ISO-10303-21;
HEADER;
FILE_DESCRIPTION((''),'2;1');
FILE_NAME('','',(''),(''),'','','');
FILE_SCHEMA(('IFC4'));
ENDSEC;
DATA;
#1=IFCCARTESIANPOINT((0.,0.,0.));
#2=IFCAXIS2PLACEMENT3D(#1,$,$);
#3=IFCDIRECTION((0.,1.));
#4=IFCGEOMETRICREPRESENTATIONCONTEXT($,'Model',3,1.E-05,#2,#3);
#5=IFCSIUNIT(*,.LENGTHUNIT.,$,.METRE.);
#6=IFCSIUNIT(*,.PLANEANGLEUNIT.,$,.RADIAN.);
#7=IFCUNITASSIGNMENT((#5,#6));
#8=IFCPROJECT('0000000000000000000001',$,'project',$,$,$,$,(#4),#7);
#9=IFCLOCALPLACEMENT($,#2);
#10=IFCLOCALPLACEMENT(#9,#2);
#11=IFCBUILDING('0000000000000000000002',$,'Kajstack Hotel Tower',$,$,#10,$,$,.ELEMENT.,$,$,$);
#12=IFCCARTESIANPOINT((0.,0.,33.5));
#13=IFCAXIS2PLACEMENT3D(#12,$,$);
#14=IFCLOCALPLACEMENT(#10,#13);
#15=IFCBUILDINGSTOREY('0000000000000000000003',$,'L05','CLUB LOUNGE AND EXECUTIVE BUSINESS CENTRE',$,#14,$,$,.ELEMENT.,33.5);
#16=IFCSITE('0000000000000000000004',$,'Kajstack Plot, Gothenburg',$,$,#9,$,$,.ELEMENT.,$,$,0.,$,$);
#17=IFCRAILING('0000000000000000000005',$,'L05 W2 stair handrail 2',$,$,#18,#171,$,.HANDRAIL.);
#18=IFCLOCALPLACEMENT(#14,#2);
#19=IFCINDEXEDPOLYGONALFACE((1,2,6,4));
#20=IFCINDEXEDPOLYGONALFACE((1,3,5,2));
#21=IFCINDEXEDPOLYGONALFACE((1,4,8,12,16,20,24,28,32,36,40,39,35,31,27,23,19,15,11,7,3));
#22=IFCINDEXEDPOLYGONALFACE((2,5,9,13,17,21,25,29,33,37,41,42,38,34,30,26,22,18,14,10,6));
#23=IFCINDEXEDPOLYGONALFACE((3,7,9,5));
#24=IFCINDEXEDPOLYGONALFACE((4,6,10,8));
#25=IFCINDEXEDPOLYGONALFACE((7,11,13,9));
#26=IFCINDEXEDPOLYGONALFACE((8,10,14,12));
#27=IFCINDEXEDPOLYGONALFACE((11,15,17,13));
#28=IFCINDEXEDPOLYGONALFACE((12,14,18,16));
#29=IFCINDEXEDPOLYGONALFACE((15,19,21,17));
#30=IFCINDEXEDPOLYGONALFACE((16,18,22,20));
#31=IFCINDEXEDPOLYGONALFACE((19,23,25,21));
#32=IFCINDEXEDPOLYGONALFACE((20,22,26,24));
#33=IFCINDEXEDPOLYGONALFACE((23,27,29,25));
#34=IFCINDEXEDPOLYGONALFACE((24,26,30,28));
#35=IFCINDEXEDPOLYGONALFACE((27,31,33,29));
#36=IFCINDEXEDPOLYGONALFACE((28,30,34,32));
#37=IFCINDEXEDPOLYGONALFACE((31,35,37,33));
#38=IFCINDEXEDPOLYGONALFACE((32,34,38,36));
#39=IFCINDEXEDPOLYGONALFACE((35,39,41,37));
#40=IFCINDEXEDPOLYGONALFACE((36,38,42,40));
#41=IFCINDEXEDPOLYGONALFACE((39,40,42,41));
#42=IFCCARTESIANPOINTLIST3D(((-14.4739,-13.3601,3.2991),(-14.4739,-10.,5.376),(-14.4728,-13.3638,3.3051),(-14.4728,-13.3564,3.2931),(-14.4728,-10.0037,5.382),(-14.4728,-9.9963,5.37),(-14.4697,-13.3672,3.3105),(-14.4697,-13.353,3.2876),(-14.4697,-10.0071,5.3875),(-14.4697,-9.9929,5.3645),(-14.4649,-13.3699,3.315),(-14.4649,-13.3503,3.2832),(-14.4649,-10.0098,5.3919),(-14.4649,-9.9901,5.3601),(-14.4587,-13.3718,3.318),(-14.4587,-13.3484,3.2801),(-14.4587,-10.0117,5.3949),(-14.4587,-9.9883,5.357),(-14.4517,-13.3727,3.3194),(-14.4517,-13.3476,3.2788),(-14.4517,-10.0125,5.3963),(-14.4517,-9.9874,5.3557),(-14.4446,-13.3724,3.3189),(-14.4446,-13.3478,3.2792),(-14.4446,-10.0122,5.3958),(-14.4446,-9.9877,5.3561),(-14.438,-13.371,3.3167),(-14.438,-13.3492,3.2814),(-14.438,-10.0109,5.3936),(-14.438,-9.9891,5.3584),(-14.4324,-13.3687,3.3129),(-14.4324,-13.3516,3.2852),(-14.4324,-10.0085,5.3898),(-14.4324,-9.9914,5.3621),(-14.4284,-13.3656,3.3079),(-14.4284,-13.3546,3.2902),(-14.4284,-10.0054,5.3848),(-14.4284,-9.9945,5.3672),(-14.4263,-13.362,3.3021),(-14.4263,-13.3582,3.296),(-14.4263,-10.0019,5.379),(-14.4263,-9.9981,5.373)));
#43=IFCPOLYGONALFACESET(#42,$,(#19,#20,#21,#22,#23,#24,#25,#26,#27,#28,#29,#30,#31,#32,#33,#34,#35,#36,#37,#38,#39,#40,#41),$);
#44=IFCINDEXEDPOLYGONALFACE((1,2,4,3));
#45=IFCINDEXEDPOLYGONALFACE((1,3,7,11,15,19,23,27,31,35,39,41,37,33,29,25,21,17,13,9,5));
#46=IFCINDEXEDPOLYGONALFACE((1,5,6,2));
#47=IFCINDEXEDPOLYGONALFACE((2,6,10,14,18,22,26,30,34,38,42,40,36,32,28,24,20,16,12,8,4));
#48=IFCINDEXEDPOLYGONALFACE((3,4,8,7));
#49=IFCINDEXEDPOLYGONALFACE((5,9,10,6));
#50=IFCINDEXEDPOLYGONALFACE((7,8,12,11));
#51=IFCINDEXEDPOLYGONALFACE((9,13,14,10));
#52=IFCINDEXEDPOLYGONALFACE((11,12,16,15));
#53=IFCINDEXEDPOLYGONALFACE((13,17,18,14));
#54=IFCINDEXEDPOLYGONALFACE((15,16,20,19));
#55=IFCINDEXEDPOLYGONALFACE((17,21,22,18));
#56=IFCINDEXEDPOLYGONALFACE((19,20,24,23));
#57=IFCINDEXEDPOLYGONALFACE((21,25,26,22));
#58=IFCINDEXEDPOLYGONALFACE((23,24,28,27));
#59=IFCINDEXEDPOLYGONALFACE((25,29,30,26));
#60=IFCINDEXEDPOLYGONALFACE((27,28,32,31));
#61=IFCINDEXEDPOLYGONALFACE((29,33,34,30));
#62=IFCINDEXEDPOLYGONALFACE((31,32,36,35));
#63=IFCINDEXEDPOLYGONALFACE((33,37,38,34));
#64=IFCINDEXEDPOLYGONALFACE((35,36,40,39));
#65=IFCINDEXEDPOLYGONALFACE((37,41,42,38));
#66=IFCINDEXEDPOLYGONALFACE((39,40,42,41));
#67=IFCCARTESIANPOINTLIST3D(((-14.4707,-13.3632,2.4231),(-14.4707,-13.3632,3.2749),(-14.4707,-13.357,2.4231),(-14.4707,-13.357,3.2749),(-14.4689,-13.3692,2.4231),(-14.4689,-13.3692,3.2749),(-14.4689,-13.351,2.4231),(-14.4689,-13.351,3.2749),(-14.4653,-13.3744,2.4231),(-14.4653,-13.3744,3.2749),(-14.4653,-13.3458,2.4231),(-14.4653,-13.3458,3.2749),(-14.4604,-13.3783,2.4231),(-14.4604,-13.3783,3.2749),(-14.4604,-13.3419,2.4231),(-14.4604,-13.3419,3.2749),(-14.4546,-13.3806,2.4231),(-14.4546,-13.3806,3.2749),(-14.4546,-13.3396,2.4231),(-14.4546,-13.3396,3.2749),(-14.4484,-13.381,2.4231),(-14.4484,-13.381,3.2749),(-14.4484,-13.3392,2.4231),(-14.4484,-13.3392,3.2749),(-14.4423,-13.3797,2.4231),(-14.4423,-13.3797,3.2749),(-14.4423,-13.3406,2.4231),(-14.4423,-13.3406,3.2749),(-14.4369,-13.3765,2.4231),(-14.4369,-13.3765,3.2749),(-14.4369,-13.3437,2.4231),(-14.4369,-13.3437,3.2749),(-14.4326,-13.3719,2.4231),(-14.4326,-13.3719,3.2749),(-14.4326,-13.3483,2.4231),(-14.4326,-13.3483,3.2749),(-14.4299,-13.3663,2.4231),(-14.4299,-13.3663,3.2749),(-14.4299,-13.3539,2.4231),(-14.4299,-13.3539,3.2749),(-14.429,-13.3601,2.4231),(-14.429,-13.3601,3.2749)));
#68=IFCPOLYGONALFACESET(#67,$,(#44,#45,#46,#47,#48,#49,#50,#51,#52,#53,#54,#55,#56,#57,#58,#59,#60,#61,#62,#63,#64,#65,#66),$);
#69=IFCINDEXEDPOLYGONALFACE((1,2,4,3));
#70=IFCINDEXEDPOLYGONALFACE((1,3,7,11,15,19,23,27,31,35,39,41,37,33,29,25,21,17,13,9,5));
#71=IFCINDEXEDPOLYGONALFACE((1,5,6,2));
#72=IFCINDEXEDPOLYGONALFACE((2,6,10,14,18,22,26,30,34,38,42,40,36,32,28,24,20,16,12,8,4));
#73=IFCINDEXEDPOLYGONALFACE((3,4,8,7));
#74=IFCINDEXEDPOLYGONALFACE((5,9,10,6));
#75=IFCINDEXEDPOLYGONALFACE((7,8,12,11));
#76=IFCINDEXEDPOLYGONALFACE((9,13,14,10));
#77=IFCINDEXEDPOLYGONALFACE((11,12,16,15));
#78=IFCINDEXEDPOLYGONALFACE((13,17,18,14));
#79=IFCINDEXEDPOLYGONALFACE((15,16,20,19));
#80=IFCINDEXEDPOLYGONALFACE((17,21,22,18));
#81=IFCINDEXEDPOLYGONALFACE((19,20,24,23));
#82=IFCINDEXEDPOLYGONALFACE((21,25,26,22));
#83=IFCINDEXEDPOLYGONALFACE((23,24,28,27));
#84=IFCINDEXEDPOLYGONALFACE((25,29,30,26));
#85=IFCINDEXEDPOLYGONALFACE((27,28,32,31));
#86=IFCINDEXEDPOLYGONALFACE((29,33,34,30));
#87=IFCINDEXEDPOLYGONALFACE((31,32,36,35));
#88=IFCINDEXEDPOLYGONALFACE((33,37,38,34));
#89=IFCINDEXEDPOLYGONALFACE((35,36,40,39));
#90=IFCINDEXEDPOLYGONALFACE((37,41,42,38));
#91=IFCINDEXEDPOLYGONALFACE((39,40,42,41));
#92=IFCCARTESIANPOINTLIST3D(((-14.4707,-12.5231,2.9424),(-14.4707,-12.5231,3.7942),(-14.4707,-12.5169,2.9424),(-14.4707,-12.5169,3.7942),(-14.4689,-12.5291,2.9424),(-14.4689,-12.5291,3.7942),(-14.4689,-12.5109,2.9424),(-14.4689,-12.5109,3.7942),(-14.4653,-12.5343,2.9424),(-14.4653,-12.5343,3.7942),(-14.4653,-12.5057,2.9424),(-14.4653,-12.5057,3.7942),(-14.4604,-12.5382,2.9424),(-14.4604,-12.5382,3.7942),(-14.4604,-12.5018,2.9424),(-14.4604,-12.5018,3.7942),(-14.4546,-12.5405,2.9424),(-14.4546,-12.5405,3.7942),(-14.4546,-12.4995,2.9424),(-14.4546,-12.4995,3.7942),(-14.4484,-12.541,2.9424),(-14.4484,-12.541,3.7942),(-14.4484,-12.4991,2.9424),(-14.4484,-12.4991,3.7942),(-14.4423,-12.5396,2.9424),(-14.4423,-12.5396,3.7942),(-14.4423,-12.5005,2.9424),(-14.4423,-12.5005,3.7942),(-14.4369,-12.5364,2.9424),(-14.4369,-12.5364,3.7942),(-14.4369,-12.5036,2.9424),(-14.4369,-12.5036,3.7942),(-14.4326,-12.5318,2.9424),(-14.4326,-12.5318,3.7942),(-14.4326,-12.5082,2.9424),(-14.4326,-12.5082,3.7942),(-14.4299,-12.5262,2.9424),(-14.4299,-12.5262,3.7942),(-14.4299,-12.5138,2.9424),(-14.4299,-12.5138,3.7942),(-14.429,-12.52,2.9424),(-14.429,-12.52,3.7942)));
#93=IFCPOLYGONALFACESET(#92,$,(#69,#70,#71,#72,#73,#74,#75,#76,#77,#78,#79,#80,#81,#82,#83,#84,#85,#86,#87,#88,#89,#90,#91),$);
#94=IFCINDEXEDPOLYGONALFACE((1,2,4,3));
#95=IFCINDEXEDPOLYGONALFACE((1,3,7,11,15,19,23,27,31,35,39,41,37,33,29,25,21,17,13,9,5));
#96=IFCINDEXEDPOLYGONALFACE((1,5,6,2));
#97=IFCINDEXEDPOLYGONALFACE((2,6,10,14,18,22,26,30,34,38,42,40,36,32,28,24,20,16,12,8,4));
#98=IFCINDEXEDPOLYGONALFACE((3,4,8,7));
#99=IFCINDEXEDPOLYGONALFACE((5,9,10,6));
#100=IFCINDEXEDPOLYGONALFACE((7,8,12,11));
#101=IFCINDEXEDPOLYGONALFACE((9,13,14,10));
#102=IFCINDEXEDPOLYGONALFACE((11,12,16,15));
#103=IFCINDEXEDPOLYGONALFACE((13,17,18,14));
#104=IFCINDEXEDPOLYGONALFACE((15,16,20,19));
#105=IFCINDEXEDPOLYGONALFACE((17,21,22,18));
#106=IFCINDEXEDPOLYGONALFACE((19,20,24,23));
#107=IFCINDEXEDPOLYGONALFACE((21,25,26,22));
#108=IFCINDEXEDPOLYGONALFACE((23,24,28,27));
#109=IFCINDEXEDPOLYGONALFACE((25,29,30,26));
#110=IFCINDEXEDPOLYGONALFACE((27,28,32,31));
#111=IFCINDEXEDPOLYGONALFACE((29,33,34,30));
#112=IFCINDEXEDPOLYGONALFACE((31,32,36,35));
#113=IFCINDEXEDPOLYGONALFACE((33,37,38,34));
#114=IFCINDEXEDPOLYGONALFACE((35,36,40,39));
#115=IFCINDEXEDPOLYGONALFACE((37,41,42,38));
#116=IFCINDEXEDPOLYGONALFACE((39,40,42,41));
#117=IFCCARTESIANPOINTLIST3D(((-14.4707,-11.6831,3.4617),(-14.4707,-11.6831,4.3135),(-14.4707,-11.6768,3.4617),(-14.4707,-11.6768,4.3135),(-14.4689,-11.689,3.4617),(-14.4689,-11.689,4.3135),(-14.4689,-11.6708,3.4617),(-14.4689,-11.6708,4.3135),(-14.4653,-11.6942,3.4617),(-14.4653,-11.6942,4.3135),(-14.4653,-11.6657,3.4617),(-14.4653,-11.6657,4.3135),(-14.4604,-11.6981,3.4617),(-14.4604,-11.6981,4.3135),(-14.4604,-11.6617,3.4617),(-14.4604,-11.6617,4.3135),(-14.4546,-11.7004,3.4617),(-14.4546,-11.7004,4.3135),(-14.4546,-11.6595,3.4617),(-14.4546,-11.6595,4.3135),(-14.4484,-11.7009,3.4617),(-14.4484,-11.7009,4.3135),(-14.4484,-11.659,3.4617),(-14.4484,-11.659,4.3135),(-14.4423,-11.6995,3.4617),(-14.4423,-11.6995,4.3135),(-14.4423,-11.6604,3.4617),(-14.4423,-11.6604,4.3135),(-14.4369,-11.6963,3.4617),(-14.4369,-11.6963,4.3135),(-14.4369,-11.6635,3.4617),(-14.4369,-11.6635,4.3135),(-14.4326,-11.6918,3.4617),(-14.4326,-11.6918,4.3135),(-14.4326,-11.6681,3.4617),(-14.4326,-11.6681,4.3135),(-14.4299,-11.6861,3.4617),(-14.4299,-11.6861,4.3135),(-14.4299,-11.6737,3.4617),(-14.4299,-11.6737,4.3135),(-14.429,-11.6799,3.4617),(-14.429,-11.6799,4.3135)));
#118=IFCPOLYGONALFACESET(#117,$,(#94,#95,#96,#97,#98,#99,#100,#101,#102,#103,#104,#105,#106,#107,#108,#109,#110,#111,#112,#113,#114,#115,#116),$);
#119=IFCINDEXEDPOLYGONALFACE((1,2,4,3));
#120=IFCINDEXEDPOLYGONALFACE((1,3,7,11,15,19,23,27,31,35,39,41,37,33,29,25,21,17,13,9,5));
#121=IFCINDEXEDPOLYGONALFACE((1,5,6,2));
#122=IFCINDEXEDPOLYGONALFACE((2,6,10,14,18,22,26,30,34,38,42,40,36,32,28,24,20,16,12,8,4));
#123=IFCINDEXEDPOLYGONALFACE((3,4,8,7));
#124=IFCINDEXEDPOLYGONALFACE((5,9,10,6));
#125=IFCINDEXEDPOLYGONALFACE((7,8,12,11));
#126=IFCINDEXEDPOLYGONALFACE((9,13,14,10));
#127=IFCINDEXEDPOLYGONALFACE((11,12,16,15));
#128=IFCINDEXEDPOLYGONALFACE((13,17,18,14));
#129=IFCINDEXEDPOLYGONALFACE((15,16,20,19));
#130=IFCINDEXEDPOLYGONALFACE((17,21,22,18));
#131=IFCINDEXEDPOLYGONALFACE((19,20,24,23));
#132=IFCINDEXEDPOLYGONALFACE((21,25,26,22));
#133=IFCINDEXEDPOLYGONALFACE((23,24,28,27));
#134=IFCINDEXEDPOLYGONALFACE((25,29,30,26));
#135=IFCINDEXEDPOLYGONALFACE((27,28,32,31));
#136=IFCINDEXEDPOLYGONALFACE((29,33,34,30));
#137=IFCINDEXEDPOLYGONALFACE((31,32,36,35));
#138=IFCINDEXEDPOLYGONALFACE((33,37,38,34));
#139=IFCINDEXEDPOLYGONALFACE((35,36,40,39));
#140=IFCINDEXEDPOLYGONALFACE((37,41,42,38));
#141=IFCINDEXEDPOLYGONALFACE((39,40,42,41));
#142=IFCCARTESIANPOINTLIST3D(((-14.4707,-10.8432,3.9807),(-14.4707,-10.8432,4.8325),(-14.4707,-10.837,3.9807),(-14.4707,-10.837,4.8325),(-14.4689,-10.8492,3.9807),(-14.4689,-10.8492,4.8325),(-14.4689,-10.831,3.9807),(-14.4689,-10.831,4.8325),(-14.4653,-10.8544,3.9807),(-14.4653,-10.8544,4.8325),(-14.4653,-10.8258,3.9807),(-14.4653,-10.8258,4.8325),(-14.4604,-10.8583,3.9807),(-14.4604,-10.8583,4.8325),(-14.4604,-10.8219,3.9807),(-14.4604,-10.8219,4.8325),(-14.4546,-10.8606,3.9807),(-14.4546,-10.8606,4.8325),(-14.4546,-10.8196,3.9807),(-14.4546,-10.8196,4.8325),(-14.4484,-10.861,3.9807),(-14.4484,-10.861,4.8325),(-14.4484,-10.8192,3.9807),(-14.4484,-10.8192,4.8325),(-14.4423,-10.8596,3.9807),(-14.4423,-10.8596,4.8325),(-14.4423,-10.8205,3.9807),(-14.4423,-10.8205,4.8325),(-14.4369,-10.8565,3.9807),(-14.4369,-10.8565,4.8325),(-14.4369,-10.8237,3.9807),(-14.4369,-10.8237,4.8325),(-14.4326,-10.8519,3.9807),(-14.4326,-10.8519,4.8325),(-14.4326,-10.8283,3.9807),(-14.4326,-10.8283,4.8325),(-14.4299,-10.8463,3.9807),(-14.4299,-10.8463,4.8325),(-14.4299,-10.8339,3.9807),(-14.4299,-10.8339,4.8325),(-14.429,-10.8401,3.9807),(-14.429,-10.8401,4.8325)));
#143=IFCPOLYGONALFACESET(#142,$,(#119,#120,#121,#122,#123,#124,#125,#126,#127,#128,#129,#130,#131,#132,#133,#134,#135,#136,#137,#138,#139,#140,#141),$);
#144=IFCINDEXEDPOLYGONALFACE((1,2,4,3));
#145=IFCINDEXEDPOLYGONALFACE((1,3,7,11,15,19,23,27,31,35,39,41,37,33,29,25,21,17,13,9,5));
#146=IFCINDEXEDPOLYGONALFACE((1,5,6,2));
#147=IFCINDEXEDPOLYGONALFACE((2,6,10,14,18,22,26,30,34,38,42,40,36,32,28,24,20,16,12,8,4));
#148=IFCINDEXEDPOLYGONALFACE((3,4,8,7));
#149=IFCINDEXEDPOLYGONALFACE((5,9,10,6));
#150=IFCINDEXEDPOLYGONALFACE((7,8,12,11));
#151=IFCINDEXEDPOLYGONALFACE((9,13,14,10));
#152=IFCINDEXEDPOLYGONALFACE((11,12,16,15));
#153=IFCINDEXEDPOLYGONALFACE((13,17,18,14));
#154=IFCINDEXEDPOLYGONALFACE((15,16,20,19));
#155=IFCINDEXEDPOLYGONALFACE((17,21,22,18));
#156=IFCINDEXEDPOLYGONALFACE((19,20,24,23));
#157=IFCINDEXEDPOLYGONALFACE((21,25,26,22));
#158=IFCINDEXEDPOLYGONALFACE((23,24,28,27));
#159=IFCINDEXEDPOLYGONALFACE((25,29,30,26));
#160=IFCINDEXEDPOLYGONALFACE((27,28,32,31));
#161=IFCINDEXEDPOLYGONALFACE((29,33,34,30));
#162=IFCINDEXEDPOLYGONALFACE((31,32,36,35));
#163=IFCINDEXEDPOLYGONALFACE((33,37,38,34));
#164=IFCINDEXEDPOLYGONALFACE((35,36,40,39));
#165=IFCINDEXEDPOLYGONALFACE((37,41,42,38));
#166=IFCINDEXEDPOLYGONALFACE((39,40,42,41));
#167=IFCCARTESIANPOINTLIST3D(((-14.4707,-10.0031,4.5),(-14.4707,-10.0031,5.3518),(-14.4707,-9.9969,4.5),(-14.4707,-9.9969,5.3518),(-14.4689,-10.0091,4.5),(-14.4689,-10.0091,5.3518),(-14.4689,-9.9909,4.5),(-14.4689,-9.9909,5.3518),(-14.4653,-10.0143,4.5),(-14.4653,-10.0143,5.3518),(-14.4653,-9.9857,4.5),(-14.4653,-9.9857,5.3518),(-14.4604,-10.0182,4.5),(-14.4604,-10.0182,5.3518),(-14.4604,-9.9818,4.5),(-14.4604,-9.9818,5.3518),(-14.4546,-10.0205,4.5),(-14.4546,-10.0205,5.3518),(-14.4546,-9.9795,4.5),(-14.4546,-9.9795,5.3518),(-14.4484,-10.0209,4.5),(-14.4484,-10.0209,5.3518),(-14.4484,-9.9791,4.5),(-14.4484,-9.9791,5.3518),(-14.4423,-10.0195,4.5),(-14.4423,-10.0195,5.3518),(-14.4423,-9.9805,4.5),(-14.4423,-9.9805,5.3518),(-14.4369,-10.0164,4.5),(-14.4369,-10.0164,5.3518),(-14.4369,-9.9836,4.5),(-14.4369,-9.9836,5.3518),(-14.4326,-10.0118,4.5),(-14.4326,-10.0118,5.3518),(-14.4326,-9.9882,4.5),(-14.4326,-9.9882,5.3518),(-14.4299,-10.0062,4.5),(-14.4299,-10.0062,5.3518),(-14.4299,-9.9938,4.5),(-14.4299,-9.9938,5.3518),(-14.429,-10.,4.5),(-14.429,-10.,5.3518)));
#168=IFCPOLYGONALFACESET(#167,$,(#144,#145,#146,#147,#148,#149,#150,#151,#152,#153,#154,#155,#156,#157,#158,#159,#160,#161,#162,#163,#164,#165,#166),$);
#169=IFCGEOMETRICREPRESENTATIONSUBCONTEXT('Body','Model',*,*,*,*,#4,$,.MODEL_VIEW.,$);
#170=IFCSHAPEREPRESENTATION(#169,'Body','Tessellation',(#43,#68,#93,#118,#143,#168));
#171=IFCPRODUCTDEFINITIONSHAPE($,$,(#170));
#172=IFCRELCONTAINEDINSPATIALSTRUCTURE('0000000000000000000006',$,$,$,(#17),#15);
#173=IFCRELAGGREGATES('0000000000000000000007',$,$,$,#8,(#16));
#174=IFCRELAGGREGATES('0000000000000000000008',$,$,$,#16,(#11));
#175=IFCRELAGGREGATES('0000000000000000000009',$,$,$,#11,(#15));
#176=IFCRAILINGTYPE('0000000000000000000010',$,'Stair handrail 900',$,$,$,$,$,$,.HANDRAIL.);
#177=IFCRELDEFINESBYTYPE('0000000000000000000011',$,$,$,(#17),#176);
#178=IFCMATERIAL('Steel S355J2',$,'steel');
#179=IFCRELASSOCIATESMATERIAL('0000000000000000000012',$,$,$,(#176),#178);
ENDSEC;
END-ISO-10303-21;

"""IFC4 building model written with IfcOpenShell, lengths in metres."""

from ifc_helpers import new_model, si_unit, direction, frame, origin, origin_2d, place, context, subcontext, project, spatial, circle, extrude, material, type_object, element, save


model = new_model("IFC4")

# Units and contexts
model_context = context("Model", 3, precision=1e-05, world=origin(), true_north=direction((0.0, 1.0)))
body_context = subcontext(model_context, "Body", "Model", "MODEL_VIEW")
ifc_project = project(units=[si_unit("LENGTHUNIT", "METRE"), si_unit("PLANEANGLEUNIT", "RADIAN")], contexts=[model_context])

# Site, building, storey
site_placement = place(None, origin())
site = spatial("IfcSite", under=ifc_project, at=site_placement, Name="Kajstack Plot, Gothenburg", CompositionType="ELEMENT", RefElevation=0.0)
building_placement = place(site_placement, origin())
building = spatial("IfcBuilding", under=site, at=building_placement, Name="Kajstack Hotel Tower", CompositionType="ELEMENT")
storey_placement = place(building_placement, frame((0.0, 0.0, 33.5)))
storey = spatial("IfcBuildingStorey", under=building, at=storey_placement, Name="L05", Description="CLUB LOUNGE AND EXECUTIVE BUSINESS CENTRE", CompositionType="ELEMENT", Elevation=33.5)

# Railing
ifc_material_1 = material(Name="Steel S355J2", Category="steel")
railing_type_1 = type_object("IfcRailingType", Name="Stair handrail 900", PredefinedType="HANDRAIL", material=ifc_material_1)
railing_1_placement = place(storey_placement, frame((-14.45, -13.3601, 2.4231)))
element("IfcRailing", 1, at=railing_1_placement, inside=storey, type_object=railing_type_1, Name="L05 W2 stair handrail 2", PredefinedType="HANDRAIL", context=body_context, shape_type="SweptSolid", body=[
    extrude(circle(Radius=0.0239, at=origin_2d()), frame((0.0, 0.0, 0.876), z_axis=(0.0, 0.850623, 0.525776), x_axis=(-1.0, 0.0, 0.0)), (0.0, 0.0, 1.0), 3.9502),
    extrude(circle(Radius=0.021, at=origin_2d()), origin(), (0.0, 0.0, 1.0), 0.8518),
    extrude(circle(Radius=0.021, at=origin_2d()), frame((0.0, 0.8401, 0.5193)), (0.0, 0.0, 1.0), 0.8518),
    extrude(circle(Radius=0.021, at=origin_2d()), frame((0.0, 1.6802, 1.0386)), (0.0, 0.0, 1.0), 0.8518),
    extrude(circle(Radius=0.021, at=origin_2d()), frame((0.0, 2.52, 1.5576)), (0.0, 0.0, 1.0), 0.8518),
    extrude(circle(Radius=0.021, at=origin_2d()), frame((0.0, 3.3601, 2.0769)), (0.0, 0.0, 1.0), 0.8518),
])

save(model, "model.ifc")
